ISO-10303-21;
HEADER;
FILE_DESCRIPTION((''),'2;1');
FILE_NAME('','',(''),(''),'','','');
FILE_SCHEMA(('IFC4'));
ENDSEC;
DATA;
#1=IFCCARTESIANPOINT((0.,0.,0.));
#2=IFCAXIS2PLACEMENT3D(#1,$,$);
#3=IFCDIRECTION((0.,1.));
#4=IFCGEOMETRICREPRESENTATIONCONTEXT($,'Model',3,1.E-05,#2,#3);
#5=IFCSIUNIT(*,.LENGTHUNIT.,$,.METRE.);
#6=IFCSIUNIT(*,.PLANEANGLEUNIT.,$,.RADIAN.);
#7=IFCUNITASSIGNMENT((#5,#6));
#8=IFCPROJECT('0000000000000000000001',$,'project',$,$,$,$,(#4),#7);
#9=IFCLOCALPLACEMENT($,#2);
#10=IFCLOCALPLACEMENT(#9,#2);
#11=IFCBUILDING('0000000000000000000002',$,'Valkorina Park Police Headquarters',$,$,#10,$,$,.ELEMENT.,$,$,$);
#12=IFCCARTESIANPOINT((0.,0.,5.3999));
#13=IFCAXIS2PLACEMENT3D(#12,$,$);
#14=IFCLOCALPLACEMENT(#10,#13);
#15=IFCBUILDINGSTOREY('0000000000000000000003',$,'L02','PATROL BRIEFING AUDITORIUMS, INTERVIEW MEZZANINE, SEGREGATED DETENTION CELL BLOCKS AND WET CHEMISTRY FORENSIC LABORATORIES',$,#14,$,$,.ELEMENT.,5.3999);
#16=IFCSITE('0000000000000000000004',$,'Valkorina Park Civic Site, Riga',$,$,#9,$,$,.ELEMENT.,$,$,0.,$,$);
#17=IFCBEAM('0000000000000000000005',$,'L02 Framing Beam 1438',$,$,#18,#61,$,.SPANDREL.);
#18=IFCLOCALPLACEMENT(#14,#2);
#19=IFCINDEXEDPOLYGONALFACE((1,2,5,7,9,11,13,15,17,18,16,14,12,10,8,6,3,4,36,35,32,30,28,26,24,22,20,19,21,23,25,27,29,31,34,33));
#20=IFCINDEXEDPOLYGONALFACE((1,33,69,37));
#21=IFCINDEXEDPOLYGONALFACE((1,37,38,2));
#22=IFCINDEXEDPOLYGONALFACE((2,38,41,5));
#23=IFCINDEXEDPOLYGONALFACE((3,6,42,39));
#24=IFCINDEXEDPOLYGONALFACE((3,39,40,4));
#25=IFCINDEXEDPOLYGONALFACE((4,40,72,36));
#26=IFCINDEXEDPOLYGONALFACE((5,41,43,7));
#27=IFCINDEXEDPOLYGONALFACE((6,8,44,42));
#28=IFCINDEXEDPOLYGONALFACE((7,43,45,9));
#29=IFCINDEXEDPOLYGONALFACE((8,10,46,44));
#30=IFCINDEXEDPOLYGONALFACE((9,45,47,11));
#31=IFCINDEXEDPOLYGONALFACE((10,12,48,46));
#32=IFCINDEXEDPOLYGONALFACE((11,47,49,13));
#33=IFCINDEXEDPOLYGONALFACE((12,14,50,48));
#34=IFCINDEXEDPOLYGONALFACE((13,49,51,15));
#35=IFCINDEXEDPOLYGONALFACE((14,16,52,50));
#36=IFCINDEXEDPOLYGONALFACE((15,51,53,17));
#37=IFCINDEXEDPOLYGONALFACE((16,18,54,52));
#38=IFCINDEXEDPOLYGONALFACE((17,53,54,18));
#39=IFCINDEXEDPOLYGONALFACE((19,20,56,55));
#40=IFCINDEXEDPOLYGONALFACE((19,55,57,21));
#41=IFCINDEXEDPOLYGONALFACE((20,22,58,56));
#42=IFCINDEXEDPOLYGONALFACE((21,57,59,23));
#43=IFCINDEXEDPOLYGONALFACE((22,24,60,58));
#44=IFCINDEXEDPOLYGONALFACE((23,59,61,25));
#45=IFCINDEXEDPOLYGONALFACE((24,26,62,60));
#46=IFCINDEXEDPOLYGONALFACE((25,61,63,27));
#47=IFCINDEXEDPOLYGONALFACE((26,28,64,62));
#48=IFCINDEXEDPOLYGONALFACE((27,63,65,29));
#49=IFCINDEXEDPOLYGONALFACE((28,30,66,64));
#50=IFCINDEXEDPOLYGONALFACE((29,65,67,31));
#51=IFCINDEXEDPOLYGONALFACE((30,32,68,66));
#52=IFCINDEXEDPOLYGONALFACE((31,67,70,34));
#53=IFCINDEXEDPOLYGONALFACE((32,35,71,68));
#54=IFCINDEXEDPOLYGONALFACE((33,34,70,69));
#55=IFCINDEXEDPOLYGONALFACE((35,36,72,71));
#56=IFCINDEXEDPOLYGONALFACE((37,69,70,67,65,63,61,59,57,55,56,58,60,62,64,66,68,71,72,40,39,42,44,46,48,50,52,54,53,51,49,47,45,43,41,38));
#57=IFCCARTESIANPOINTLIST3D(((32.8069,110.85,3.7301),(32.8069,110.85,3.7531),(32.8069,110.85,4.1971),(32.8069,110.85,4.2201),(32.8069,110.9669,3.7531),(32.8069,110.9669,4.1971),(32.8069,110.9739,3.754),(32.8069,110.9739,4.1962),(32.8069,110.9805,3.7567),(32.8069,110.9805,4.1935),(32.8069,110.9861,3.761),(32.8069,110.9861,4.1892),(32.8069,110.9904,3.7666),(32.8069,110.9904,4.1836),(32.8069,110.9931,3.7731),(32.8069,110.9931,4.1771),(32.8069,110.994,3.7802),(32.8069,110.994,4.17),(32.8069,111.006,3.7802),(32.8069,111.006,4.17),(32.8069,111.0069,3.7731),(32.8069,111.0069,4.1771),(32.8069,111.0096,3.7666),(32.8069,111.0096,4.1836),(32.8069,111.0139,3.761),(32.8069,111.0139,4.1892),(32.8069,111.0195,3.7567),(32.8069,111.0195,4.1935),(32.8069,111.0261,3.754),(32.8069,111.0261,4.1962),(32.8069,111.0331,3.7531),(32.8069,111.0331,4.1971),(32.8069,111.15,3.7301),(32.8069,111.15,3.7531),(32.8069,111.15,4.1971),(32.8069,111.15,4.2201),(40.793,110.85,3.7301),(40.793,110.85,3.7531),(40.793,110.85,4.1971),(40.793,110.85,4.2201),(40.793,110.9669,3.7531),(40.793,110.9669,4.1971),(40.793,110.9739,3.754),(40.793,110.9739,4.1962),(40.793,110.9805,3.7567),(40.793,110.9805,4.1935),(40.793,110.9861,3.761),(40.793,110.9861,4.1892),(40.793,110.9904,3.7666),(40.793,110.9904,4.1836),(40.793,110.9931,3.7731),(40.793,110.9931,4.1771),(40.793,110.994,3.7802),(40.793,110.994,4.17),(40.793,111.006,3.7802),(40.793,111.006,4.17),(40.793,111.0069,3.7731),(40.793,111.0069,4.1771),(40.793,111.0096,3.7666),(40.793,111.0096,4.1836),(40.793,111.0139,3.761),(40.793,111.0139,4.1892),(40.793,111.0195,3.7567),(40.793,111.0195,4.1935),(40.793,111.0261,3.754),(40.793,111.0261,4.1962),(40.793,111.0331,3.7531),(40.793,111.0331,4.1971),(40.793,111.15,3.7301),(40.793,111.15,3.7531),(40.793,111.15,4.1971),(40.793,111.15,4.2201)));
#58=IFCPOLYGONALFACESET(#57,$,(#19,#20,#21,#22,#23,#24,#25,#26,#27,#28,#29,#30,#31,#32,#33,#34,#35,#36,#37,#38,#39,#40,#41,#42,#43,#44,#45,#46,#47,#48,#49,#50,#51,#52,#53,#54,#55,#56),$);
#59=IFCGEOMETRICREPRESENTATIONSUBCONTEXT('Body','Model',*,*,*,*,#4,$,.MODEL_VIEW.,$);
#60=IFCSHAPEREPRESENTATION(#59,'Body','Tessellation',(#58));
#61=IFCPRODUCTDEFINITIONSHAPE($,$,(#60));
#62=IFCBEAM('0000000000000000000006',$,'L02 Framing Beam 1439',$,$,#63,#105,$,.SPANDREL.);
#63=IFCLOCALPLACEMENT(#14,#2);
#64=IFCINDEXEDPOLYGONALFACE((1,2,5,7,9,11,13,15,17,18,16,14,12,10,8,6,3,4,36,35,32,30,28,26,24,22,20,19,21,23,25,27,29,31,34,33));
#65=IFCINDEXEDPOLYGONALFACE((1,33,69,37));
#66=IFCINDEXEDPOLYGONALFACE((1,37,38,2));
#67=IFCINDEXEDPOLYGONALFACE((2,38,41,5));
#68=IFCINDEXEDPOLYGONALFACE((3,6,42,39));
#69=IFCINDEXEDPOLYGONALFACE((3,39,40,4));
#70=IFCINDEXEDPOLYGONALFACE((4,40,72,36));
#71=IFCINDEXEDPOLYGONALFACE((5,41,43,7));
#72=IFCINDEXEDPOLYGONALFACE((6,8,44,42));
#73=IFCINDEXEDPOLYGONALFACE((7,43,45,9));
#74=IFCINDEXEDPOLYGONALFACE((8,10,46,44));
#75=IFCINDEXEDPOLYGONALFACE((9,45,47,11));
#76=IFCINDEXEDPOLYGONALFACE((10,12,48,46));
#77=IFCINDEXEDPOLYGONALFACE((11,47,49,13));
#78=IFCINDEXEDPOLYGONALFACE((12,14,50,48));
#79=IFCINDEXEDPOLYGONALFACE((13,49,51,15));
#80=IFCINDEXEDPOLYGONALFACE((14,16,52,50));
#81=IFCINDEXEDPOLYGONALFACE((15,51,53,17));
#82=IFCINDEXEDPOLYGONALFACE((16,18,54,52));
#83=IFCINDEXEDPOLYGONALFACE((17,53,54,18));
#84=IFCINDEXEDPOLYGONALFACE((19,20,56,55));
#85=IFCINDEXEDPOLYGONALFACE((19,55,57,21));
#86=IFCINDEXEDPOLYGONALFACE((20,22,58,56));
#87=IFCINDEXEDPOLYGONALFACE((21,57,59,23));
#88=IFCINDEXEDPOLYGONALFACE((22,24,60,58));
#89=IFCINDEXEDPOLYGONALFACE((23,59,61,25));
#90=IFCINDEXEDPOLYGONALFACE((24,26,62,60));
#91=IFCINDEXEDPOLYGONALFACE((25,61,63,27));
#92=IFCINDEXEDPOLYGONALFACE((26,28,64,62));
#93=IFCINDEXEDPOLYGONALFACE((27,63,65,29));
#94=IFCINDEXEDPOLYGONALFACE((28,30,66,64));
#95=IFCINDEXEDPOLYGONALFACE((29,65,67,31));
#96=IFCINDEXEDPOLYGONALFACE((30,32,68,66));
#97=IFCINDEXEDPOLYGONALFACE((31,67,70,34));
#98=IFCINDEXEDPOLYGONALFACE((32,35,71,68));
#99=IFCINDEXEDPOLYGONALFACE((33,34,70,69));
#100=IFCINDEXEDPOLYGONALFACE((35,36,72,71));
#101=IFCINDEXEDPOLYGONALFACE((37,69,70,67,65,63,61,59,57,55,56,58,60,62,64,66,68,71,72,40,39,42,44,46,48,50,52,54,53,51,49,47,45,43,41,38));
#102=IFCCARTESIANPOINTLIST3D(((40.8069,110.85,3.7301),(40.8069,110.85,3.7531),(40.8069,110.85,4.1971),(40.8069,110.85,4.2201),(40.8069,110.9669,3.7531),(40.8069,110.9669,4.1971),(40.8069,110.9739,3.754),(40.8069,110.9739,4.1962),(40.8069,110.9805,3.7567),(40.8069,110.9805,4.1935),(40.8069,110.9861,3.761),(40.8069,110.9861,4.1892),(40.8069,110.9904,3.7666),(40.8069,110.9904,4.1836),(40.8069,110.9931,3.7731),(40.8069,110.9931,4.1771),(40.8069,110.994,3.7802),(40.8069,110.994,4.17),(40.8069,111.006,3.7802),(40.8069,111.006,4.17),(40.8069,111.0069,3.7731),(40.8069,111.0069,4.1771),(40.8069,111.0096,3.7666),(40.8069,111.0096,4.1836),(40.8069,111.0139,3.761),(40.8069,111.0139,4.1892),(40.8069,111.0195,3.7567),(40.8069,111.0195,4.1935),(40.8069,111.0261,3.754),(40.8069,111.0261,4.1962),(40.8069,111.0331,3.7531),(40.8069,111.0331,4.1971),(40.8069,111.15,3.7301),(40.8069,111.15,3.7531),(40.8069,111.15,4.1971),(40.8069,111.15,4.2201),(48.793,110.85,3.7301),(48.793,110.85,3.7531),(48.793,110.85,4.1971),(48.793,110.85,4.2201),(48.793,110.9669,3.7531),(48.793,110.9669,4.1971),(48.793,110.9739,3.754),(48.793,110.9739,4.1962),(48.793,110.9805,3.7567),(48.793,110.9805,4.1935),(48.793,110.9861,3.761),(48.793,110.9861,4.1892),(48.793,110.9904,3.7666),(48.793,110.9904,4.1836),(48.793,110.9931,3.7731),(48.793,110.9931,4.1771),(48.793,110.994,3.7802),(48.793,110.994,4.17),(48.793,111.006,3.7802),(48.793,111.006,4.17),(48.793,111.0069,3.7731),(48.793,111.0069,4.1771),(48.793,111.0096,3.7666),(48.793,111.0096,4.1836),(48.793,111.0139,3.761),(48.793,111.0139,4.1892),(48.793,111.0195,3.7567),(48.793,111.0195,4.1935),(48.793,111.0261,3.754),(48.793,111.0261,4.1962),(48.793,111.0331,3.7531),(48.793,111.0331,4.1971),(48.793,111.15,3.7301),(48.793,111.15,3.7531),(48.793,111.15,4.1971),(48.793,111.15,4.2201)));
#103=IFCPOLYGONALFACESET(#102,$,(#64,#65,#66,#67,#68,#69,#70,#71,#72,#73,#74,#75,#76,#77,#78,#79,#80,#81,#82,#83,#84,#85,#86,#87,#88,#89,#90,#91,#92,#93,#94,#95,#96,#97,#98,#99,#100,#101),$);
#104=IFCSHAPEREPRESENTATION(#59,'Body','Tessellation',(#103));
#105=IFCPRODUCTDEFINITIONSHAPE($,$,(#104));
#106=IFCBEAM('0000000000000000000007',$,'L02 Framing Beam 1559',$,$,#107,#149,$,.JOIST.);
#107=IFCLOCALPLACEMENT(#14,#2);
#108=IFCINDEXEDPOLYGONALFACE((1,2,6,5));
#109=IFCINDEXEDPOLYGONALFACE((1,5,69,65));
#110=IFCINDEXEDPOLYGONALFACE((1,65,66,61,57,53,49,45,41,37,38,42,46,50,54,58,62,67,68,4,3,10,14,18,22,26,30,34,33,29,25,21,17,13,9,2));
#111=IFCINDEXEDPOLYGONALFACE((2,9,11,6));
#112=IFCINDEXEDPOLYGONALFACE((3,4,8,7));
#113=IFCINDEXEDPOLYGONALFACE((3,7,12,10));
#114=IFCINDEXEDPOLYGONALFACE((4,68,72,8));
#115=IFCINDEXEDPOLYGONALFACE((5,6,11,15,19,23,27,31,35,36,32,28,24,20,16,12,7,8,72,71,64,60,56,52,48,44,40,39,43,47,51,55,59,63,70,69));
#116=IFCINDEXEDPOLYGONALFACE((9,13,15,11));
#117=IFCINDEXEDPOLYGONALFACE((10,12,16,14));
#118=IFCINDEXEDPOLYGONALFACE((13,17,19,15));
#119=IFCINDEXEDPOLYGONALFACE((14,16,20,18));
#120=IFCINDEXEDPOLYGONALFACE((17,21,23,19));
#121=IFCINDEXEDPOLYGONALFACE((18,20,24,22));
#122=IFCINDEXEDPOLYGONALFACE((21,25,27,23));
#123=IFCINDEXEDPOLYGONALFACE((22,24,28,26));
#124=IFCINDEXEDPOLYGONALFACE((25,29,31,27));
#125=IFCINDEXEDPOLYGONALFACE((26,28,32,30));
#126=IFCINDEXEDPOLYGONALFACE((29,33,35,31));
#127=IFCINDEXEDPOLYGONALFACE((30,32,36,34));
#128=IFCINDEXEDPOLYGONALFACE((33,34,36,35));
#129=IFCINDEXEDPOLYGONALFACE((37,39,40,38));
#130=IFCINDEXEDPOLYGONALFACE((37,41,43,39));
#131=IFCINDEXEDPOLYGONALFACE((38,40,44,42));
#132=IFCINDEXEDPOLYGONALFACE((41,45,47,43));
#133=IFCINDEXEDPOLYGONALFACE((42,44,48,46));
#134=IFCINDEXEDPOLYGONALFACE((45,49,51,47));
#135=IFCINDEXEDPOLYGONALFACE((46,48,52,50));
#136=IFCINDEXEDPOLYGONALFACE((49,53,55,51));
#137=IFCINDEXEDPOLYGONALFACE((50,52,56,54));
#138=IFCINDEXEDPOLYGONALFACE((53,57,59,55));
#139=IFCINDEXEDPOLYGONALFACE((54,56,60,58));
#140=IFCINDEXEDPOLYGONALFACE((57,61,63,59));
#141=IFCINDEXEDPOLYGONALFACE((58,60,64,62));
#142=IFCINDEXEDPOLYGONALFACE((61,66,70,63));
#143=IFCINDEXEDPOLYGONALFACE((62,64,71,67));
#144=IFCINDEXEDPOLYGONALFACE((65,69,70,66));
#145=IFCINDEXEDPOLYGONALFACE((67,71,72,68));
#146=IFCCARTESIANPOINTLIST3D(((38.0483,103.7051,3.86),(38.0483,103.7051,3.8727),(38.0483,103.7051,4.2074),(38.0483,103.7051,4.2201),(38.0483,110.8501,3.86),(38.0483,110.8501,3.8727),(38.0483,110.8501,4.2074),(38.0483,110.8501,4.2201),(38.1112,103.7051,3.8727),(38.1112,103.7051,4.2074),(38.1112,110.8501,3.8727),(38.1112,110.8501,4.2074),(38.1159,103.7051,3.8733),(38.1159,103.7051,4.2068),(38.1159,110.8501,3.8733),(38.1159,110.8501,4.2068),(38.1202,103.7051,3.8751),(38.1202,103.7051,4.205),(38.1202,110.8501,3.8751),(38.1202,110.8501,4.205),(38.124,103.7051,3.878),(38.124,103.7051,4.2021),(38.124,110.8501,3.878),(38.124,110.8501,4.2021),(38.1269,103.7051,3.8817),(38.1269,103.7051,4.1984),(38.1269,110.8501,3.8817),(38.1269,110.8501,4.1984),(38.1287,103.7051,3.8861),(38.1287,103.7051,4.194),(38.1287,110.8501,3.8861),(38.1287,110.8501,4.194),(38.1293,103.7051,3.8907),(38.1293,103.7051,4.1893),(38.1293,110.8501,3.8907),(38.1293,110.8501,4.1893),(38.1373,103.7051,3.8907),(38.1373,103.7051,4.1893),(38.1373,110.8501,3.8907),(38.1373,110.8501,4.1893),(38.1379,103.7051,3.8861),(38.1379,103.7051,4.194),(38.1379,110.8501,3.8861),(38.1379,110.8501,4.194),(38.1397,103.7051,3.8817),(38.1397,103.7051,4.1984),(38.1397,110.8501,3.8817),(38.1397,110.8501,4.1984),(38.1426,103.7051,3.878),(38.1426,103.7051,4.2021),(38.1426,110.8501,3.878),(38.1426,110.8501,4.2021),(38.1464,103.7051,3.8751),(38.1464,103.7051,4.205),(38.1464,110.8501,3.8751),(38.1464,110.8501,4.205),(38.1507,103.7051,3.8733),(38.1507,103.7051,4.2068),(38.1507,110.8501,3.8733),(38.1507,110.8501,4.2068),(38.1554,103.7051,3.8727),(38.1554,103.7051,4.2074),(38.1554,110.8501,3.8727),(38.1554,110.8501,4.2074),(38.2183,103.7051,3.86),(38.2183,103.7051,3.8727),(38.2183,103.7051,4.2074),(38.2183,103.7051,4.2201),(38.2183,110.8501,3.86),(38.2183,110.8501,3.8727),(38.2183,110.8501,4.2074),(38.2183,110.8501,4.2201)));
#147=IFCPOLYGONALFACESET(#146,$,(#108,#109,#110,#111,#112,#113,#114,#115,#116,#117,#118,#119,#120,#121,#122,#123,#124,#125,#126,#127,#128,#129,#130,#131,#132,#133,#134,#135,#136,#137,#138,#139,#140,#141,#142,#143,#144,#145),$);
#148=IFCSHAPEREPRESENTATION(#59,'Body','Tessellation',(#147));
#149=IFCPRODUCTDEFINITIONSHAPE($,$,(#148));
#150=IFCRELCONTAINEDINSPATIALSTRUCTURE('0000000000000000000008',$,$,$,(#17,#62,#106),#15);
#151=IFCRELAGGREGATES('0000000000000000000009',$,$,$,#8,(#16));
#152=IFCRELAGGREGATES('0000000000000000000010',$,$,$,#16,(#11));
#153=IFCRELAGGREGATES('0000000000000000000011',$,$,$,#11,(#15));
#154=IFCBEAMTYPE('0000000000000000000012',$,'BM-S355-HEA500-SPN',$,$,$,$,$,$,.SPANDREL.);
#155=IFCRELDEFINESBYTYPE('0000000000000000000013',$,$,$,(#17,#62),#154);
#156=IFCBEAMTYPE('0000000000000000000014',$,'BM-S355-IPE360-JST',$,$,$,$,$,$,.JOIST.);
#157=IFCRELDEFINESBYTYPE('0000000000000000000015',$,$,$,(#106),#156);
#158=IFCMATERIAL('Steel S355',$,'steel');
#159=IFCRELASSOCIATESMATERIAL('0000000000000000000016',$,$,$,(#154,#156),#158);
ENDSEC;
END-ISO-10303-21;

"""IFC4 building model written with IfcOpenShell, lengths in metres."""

from ifc_helpers import new_model, si_unit, direction, frame, origin, origin_2d, place, context, subcontext, project, spatial, i_section, extrude, material, material_profile, profile_set, type_object, element, save


model = new_model("IFC4")

# Units and contexts
model_context = context("Model", 3, precision=1e-05, world=origin(), true_north=direction((0.0, 1.0)))
body_context = subcontext(model_context, "Body", "Model", "MODEL_VIEW")
ifc_project = project(units=[si_unit("LENGTHUNIT", "METRE"), si_unit("PLANEANGLEUNIT", "RADIAN")], contexts=[model_context])

# Site, building, storey
site_placement = place(None, origin())
site = spatial("IfcSite", under=ifc_project, at=site_placement, Name="Valkorina Park Civic Site, Riga", CompositionType="ELEMENT", RefElevation=0.0)
building_placement = place(site_placement, origin())
building = spatial("IfcBuilding", under=site, at=building_placement, Name="Valkorina Park Police Headquarters", CompositionType="ELEMENT")
storey_placement = place(building_placement, frame((0.0, 0.0, 5.3999)))
storey = spatial("IfcBuildingStorey", under=building, at=storey_placement, Name="L02", Description="PATROL BRIEFING AUDITORIUMS, INTERVIEW MEZZANINE, SEGREGATED DETENTION CELL BLOCKS AND WET CHEMISTRY FORENSIC LABORATORIES", CompositionType="ELEMENT", Elevation=5.3999)

# Shared definitions
ifc_material_1 = material(Name="Steel S355", Category="steel")

# Beams
ifc_material_profile_1 = material_profile(ifc_material_1, i_section(OverallWidth=0.3, OverallDepth=0.49, WebThickness=0.012, FlangeThickness=0.0229, FilletRadius=0.0271, at=origin_2d()), Name="HEA 500")
ifc_profile_set_1 = profile_set([ifc_material_profile_1], Name="Steel S355")
beam_type_1 = type_object("IfcBeamType", Name="BM-S355-HEA500-SPN", PredefinedType="SPANDREL", material=ifc_profile_set_1)
for number, where, z_axis, x_axis, name in (
    (1, (32.8069, 111.0, 3.9751), (1.0, 0.0, 0.0), (0.0, 1.0, 0.0), "L02 Framing Beam 1438"),
    (2, (40.8069, 111.0, 3.9751), (1.0, 0.0, 0.0), (0.0, 1.0, 0.0), "L02 Framing Beam 1439"),
):
    element("IfcBeam", number, at=place(storey_placement, frame(where, z_axis=z_axis, x_axis=x_axis)), inside=storey, type_object=beam_type_1, Name=name, PredefinedType="SPANDREL", context=body_context, shape_type="SweptSolid", body=[
        extrude(i_section(OverallWidth=0.3, OverallDepth=0.49, WebThickness=0.012, FlangeThickness=0.0229, FilletRadius=0.0271, at=origin_2d()), origin(), (0.0, 0.0, 1.0), 7.9861),
    ])
ifc_material_profile_2 = material_profile(ifc_material_1, i_section(OverallWidth=0.1699, OverallDepth=0.3601, WebThickness=0.0081, FlangeThickness=0.0127, FilletRadius=0.0181, at=origin_2d()), Name="IPE 360")
ifc_profile_set_2 = profile_set([ifc_material_profile_2], Name="Steel S355")
beam_type_2 = type_object("IfcBeamType", Name="BM-S355-IPE360-JST", PredefinedType="JOIST", material=ifc_profile_set_2)
beam_placement = place(storey_placement, frame((38.1333, 103.7051, 4.04), z_axis=(0.0, 1.0, 0.0), x_axis=(-1.0, 0.0, 0.0)))
element("IfcBeam", 3, at=beam_placement, inside=storey, type_object=beam_type_2, Name="L02 Framing Beam 1559", PredefinedType="JOIST", context=body_context, shape_type="SweptSolid", body=[
    extrude(i_section(OverallWidth=0.1699, OverallDepth=0.3601, WebThickness=0.0081, FlangeThickness=0.0127, FilletRadius=0.0181, at=origin_2d()), origin(), (0.0, 0.0, 1.0), 7.145),
])

save(model, "model.ifc")
